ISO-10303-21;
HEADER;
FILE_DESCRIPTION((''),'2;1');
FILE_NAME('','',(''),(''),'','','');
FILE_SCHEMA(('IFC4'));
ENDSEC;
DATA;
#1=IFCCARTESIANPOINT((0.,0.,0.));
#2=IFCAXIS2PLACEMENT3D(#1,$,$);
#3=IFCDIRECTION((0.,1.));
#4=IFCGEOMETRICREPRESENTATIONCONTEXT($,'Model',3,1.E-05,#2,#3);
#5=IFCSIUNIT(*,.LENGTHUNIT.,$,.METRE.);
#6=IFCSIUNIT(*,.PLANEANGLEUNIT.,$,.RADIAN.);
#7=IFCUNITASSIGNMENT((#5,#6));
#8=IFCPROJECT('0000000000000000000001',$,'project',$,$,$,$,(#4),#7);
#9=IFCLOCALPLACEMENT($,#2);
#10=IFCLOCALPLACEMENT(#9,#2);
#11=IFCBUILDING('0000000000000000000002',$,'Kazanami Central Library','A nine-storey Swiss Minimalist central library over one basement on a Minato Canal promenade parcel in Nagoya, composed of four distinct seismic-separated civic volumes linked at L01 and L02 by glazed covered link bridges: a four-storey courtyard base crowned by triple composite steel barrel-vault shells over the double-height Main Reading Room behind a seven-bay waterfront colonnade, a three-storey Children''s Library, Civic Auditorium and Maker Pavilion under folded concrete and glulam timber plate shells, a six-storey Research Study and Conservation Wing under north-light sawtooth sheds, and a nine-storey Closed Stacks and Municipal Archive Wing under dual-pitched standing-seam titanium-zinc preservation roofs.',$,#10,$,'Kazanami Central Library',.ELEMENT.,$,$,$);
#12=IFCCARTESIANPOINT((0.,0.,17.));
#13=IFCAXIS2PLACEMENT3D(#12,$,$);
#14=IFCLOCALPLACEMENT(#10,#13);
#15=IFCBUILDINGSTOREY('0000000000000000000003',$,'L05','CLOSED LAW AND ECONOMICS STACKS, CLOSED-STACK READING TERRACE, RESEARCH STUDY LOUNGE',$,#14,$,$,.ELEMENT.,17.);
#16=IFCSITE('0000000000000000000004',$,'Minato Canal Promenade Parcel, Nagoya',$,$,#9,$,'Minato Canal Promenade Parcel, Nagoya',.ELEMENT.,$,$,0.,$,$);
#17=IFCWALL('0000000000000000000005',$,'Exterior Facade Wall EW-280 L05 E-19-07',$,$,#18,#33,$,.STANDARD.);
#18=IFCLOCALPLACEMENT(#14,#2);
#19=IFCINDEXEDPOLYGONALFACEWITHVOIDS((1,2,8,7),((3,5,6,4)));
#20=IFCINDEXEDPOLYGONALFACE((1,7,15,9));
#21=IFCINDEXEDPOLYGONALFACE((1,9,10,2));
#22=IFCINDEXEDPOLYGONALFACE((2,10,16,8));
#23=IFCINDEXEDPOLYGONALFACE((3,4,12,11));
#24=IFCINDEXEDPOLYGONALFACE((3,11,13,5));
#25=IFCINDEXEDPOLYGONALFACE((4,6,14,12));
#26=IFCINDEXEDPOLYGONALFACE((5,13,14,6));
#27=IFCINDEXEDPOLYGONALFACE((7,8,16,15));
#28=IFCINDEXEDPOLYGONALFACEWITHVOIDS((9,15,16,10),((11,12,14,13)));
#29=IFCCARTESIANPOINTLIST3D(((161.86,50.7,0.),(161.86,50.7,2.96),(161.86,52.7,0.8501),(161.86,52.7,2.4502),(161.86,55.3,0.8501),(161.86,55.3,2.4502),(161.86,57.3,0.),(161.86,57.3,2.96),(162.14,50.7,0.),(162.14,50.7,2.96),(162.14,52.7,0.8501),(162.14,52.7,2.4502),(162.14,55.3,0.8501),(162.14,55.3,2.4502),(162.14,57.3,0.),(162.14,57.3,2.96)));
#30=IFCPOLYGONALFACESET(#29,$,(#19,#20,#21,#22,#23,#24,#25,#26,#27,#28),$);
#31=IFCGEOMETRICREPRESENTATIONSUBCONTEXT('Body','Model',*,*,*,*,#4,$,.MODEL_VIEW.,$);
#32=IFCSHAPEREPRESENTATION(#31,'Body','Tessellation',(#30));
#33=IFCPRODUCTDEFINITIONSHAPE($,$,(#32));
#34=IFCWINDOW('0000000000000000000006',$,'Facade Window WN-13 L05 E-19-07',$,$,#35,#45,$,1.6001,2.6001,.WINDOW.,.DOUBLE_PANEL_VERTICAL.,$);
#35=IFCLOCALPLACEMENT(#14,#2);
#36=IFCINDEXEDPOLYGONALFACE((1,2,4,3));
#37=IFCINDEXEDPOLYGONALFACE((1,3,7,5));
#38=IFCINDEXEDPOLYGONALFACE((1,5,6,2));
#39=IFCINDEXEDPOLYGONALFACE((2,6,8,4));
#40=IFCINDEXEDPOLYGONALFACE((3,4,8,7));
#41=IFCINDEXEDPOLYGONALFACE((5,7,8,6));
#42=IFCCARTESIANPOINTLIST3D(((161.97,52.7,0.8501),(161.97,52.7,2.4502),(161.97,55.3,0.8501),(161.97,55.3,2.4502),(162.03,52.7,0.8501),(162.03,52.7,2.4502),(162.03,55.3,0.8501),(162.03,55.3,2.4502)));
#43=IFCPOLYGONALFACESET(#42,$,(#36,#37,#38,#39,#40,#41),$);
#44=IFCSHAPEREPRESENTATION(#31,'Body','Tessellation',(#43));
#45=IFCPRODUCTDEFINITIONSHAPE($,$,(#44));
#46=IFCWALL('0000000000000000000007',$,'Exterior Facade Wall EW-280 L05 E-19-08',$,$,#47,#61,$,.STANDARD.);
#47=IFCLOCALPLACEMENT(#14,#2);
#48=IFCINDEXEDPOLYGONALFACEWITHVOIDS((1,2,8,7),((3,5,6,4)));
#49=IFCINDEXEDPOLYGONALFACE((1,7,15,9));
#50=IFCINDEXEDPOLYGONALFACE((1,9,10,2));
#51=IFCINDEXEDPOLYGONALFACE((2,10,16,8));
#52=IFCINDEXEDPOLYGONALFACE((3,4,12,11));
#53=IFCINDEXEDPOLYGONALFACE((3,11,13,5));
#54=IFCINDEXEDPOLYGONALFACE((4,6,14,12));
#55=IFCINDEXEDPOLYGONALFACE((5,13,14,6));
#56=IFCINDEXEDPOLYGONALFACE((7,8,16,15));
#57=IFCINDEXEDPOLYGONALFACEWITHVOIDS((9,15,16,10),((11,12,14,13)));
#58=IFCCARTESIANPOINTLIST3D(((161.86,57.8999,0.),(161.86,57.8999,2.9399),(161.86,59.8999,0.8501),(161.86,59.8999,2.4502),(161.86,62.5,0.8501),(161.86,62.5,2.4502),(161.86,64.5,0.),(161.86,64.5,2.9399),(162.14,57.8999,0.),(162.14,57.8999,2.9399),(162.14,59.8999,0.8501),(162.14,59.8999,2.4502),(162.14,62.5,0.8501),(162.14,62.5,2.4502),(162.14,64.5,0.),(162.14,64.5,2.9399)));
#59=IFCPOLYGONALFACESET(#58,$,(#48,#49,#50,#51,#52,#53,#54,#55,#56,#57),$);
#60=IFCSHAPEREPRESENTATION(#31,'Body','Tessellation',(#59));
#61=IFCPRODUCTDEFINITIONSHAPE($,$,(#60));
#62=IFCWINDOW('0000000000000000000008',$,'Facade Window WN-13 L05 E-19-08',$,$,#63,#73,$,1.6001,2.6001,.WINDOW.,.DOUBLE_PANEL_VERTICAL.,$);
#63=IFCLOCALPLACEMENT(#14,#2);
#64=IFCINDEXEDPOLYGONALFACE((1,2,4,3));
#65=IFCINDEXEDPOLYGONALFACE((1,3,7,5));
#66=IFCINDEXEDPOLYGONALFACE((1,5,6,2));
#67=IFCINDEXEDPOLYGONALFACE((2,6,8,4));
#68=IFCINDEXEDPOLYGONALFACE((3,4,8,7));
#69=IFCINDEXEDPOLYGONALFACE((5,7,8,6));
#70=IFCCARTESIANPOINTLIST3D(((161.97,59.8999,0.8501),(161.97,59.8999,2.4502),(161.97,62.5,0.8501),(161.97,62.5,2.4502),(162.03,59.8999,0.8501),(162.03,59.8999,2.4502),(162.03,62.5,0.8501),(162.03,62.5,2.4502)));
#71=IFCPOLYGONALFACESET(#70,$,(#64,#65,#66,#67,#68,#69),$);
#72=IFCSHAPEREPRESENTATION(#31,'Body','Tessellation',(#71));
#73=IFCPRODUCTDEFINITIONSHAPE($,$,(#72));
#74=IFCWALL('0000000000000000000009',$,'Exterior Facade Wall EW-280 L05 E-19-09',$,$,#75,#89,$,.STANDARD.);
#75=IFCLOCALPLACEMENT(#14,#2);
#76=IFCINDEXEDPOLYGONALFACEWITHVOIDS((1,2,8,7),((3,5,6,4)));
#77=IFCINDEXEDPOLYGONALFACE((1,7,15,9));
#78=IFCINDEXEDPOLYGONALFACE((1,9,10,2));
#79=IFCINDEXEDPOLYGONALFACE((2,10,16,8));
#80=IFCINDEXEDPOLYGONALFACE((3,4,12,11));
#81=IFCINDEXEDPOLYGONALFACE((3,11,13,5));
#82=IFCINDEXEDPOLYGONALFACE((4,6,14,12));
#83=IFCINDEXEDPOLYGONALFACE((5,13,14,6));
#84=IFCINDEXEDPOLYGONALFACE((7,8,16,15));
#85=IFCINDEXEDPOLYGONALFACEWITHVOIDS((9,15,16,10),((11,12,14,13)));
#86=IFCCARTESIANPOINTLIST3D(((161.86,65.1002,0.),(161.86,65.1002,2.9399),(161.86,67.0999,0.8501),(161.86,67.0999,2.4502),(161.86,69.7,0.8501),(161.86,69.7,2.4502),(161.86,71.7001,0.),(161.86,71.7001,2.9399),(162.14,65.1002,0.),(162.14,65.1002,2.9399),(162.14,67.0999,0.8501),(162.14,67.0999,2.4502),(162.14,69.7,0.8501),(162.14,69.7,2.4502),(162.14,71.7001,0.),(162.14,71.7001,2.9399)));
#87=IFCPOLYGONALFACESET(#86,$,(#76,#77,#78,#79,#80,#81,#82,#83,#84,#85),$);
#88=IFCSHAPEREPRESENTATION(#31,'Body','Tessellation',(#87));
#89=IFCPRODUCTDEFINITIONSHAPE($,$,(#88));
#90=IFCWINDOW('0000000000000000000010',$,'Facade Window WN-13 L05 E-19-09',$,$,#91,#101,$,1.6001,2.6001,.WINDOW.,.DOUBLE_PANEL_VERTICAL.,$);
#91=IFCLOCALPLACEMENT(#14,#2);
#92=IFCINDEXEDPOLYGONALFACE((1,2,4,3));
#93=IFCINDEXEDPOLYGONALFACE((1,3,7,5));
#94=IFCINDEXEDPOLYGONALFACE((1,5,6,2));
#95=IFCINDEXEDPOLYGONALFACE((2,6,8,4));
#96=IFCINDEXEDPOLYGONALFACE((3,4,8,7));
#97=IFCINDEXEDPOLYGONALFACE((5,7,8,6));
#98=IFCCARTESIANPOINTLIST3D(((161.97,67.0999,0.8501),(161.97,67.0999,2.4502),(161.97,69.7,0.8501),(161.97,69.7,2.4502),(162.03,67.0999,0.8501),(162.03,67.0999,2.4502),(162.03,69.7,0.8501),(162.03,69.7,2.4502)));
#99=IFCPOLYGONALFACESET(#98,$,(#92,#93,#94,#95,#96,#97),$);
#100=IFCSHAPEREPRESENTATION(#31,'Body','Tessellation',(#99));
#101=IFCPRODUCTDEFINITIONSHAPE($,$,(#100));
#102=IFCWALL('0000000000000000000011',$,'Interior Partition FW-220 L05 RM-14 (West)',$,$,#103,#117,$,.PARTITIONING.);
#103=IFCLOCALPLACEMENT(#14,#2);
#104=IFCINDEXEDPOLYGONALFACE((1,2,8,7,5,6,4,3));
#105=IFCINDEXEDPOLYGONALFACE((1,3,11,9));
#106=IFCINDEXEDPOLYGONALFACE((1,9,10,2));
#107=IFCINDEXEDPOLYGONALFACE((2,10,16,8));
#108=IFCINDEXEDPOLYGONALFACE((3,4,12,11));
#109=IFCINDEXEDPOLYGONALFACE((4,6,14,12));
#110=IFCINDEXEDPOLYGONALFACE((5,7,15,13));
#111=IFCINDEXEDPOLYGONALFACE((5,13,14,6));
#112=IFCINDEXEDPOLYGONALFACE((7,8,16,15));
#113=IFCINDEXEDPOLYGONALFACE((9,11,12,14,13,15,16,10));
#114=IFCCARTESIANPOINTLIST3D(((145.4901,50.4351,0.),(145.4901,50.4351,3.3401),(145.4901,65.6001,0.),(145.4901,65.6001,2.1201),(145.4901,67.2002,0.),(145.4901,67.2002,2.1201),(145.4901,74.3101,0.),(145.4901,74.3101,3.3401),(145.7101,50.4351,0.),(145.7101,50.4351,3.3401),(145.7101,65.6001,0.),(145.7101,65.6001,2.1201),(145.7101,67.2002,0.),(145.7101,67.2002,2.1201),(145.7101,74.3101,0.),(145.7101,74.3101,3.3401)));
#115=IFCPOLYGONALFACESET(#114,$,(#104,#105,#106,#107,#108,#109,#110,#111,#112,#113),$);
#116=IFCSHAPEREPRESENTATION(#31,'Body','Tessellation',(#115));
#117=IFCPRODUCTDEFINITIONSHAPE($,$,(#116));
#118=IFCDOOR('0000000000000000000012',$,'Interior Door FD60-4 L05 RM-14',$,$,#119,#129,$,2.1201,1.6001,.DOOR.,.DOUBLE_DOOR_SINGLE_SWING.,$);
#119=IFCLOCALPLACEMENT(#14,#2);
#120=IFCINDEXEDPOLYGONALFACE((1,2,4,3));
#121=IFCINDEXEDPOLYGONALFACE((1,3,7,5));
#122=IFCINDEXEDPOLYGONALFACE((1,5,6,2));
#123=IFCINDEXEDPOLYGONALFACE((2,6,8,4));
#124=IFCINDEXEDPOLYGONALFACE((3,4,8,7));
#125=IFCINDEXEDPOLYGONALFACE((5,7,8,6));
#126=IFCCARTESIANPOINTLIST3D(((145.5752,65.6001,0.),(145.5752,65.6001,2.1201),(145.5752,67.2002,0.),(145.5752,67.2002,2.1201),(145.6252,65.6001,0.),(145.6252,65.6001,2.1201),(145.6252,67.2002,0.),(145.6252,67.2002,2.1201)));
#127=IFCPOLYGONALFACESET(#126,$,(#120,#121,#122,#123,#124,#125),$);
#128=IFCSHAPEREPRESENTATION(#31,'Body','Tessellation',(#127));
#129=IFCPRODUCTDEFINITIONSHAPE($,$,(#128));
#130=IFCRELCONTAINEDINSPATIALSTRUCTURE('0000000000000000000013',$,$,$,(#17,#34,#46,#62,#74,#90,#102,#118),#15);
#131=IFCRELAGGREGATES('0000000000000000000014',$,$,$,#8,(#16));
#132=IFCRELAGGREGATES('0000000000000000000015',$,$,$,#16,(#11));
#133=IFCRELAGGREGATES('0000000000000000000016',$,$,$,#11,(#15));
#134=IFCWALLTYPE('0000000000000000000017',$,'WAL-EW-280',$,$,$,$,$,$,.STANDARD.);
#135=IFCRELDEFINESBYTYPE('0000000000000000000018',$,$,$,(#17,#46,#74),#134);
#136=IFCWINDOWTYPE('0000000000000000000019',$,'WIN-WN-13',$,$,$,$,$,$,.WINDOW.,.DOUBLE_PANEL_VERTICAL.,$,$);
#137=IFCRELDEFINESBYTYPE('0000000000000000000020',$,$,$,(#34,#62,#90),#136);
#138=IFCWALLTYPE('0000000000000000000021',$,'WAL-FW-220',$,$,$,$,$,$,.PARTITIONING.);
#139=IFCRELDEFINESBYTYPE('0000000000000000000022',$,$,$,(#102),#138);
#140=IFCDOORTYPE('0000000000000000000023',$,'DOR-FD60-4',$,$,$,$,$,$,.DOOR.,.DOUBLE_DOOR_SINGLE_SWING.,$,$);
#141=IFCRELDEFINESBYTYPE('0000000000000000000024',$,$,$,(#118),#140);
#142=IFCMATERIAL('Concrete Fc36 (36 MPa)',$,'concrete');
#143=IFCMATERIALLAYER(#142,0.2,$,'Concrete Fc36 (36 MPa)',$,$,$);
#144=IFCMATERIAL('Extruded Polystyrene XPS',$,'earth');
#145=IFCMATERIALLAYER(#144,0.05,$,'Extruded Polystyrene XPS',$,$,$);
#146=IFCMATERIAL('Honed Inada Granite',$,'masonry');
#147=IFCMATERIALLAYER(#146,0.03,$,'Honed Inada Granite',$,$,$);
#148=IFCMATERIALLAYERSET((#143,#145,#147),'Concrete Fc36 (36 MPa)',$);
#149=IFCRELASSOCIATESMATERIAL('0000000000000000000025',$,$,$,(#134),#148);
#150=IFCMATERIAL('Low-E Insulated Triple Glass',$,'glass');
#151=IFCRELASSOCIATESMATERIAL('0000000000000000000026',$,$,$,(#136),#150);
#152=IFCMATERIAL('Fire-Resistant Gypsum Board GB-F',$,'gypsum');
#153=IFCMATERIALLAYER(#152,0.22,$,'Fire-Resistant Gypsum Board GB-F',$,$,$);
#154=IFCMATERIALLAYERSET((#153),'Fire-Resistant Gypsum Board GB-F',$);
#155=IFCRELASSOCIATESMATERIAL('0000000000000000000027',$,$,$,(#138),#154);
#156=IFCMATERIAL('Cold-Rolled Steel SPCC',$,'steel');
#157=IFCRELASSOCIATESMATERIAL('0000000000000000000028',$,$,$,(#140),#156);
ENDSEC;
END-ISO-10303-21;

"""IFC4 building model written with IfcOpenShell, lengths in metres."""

from ifc_helpers import new_model, si_unit, direction, frame, frame_2d, origin, place, context, subcontext, project, spatial, rectangle, extrude, material, layer, layer_set, type_object, element, fill, save


model = new_model("IFC4")

# Units and contexts
model_context = context("Model", 3, precision=1e-05, world=origin(), true_north=direction((0.0, 1.0)))
body_context = subcontext(model_context, "Body", "Model", "MODEL_VIEW")
ifc_project = project(units=[si_unit("LENGTHUNIT", "METRE"), si_unit("PLANEANGLEUNIT", "RADIAN")], contexts=[model_context])

# Site, building, storey
site_placement = place(None, origin())
site = spatial("IfcSite", under=ifc_project, at=site_placement, Name="Minato Canal Promenade Parcel, Nagoya", LongName="Minato Canal Promenade Parcel, Nagoya", CompositionType="ELEMENT", RefElevation=0.0)
building_placement = place(site_placement, origin())
building = spatial("IfcBuilding", under=site, at=building_placement, Name="Kazanami Central Library", Description="A nine-storey Swiss Minimalist central library over one basement on a Minato Canal promenade parcel in Nagoya, composed of four distinct seismic-separated civic volumes linked at L01 and L02 by glazed covered link bridges: a four-storey courtyard base crowned by triple composite steel barrel-vault shells over the double-height Main Reading Room behind a seven-bay waterfront colonnade, a three-storey Children's Library, Civic Auditorium and Maker Pavilion under folded concrete and glulam timber plate shells, a six-storey Research Study and Conservation Wing under north-light sawtooth sheds, and a nine-storey Closed Stacks and Municipal Archive Wing under dual-pitched standing-seam titanium-zinc preservation roofs.", LongName="Kazanami Central Library", CompositionType="ELEMENT")
storey_placement = place(building_placement, frame((0.0, 0.0, 17.0)))
storey = spatial("IfcBuildingStorey", under=building, at=storey_placement, Name="L05", Description="CLOSED LAW AND ECONOMICS STACKS, CLOSED-STACK READING TERRACE, RESEARCH STUDY LOUNGE", CompositionType="ELEMENT", Elevation=17.0)

# Walls, openings, windows
ifc_material_1 = material(Name="Concrete Fc36 (36 MPa)", Category="concrete")
ifc_layer_1 = layer(ifc_material_1, 0.2, Name="Concrete Fc36 (36 MPa)")
ifc_material_2 = material(Name="Extruded Polystyrene XPS", Category="earth")
ifc_layer_2 = layer(ifc_material_2, 0.05, Name="Extruded Polystyrene XPS")
ifc_material_3 = material(Name="Honed Inada Granite", Category="masonry")
ifc_layer_3 = layer(ifc_material_3, 0.03, Name="Honed Inada Granite")
ifc_layer_set_1 = layer_set([ifc_layer_1, ifc_layer_2, ifc_layer_3], Name="Concrete Fc36 (36 MPa)")
wall_type_1 = type_object("IfcWallType", Name="WAL-EW-280", PredefinedType="STANDARD", material=ifc_layer_set_1)
ifc_material_4 = material(Name="Low-E Insulated Triple Glass", Category="glass")
window_type = type_object("IfcWindowType", Name="WIN-WN-13", PartitioningType="DOUBLE_PANEL_VERTICAL", PredefinedType="WINDOW", material=ifc_material_4)
wall_1_placement = place(storey_placement, frame((162.0, 57.3, 0.0), z_axis=(0.0, 0.0, 1.0), x_axis=(0.0, -1.0, 0.0)))
wall_1 = element("IfcWall", 1, at=wall_1_placement, inside=storey, type_object=wall_type_1, Name="Exterior Facade Wall EW-280 L05 E-19-07", PredefinedType="STANDARD", context=body_context, shape_type="SweptSolid", body=[
    extrude(rectangle(XDim=6.6001, YDim=0.28, at=frame_2d((3.3, 0.0))), origin(), (0.0, 0.0, 1.0), 2.96),
])
opening_1_placement = place(wall_1_placement, frame((2.0, 0.0, 0.8501)))
opening_1 = element("IfcOpeningElement", 2, at=opening_1_placement, cuts=wall_1, PredefinedType="OPENING", context=body_context, shape_type="SweptSolid", body=[
    extrude(rectangle(XDim=2.6001, YDim=1.6001, at=frame_2d((1.3, 0.8))), frame((0.0, 0.1519, 0.0), z_axis=(0.0, -1.0, 0.0), x_axis=(1.0, 0.0, 0.0)), (0.0, 0.0, 1.0), 0.304),
])
window_1_placement = place(opening_1_placement, origin())
window_1 = element("IfcWindow", 3, at=window_1_placement, inside=storey, type_object=window_type, Name="Facade Window WN-13 L05 E-19-07", OverallHeight=1.6001, OverallWidth=2.6001, PartitioningType="DOUBLE_PANEL_VERTICAL", PredefinedType="WINDOW", context=body_context, shape_type="SweptSolid", body=[
    extrude(rectangle(XDim=2.6001, YDim=1.6001, at=frame_2d((1.3, 0.8))), frame((0.0, 0.03, 0.0), z_axis=(0.0, -1.0, 0.0), x_axis=(1.0, 0.0, 0.0)), (0.0, 0.0, 1.0), 0.0601),
])
fill(opening_1, window_1)
wall_2_placement = place(storey_placement, frame((162.0, 64.5, 0.0), z_axis=(0.0, 0.0, 1.0), x_axis=(0.0, -1.0, 0.0)))
wall_2 = element("IfcWall", 4, at=wall_2_placement, inside=storey, type_object=wall_type_1, Name="Exterior Facade Wall EW-280 L05 E-19-08", PredefinedType="STANDARD", context=body_context, shape_type="SweptSolid", body=[
    extrude(rectangle(XDim=6.6001, YDim=0.28, at=frame_2d((3.3, 0.0))), origin(), (0.0, 0.0, 1.0), 2.9399),
])
opening_2_placement = place(wall_2_placement, frame((2.0, 0.0, 0.8501)))
opening_2 = element("IfcOpeningElement", 5, at=opening_2_placement, cuts=wall_2, PredefinedType="OPENING", context=body_context, shape_type="SweptSolid", body=[
    extrude(rectangle(XDim=2.6001, YDim=1.6001, at=frame_2d((1.3, 0.8))), frame((0.0, 0.1519, 0.0), z_axis=(0.0, -1.0, 0.0), x_axis=(1.0, 0.0, 0.0)), (0.0, 0.0, 1.0), 0.304),
])
window_2_placement = place(opening_2_placement, origin())
window_2 = element("IfcWindow", 6, at=window_2_placement, inside=storey, type_object=window_type, Name="Facade Window WN-13 L05 E-19-08", OverallHeight=1.6001, OverallWidth=2.6001, PartitioningType="DOUBLE_PANEL_VERTICAL", PredefinedType="WINDOW", context=body_context, shape_type="SweptSolid", body=[
    extrude(rectangle(XDim=2.6001, YDim=1.6001, at=frame_2d((1.3, 0.8))), frame((0.0, 0.03, 0.0), z_axis=(0.0, -1.0, 0.0), x_axis=(1.0, 0.0, 0.0)), (0.0, 0.0, 1.0), 0.0601),
])
fill(opening_2, window_2)
wall_3_placement = place(storey_placement, frame((162.0, 71.7, 0.0), z_axis=(0.0, 0.0, 1.0), x_axis=(0.0, -1.0, 0.0)))
wall_3 = element("IfcWall", 7, at=wall_3_placement, inside=storey, type_object=wall_type_1, Name="Exterior Facade Wall EW-280 L05 E-19-09", PredefinedType="STANDARD", context=body_context, shape_type="SweptSolid", body=[
    extrude(rectangle(XDim=6.5999, YDim=0.28, at=frame_2d((3.2998, 0.0))), origin(), (0.0, 0.0, 1.0), 2.9399),
])
opening_3_placement = place(wall_3_placement, frame((2.0, 0.0, 0.8501)))
opening_3 = element("IfcOpeningElement", 8, at=opening_3_placement, cuts=wall_3, PredefinedType="OPENING", context=body_context, shape_type="SweptSolid", body=[
    extrude(rectangle(XDim=2.6001, YDim=1.6001, at=frame_2d((1.3, 0.8))), frame((0.0, 0.1519, 0.0), z_axis=(0.0, -1.0, 0.0), x_axis=(1.0, 0.0, 0.0)), (0.0, 0.0, 1.0), 0.304),
])
window_3_placement = place(opening_3_placement, origin())
window_3 = element("IfcWindow", 9, at=window_3_placement, inside=storey, type_object=window_type, Name="Facade Window WN-13 L05 E-19-09", OverallHeight=1.6001, OverallWidth=2.6001, PartitioningType="DOUBLE_PANEL_VERTICAL", PredefinedType="WINDOW", context=body_context, shape_type="SweptSolid", body=[
    extrude(rectangle(XDim=2.6001, YDim=1.6001, at=frame_2d((1.3, 0.8))), frame((0.0, 0.03, 0.0), z_axis=(0.0, -1.0, 0.0), x_axis=(1.0, 0.0, 0.0)), (0.0, 0.0, 1.0), 0.0601),
])
fill(opening_3, window_3)

# Wall, opening, door
ifc_material_5 = material(Name="Fire-Resistant Gypsum Board GB-F", Category="gypsum")
ifc_layer_4 = layer(ifc_material_5, 0.22, Name="Fire-Resistant Gypsum Board GB-F")
ifc_layer_set_2 = layer_set([ifc_layer_4], Name="Fire-Resistant Gypsum Board GB-F")
wall_type_2 = type_object("IfcWallType", Name="WAL-FW-220", PredefinedType="PARTITIONING", material=ifc_layer_set_2)
wall_4_placement = place(storey_placement, frame((145.6001, 50.4351, 0.0), z_axis=(0.0, 0.0, 1.0), x_axis=(0.0, 1.0, 0.0)))
wall_4 = element("IfcWall", 10, at=wall_4_placement, inside=storey, type_object=wall_type_2, Name="Interior Partition FW-220 L05 RM-14 (West)", PredefinedType="PARTITIONING", context=body_context, shape_type="SweptSolid", body=[
    extrude(rectangle(XDim=23.875, YDim=0.22, at=frame_2d((11.9375, 0.0))), origin(), (0.0, 0.0, 1.0), 3.3401),
])
opening_4_placement = place(wall_4_placement, frame((15.165, 0.0, 0.0)))
opening_4 = element("IfcOpeningElement", 11, at=opening_4_placement, cuts=wall_4, PredefinedType="OPENING", context=body_context, shape_type="SweptSolid", body=[
    extrude(rectangle(XDim=1.6001, YDim=2.1201, at=frame_2d((0.8, 1.0601))), frame((0.0, 0.1221, 0.0), z_axis=(0.0, -1.0, 0.0), x_axis=(1.0, 0.0, 0.0)), (0.0, 0.0, 1.0), 0.2439),
])
ifc_material_6 = material(Name="Cold-Rolled Steel SPCC", Category="steel")
door_type = type_object("IfcDoorType", Name="DOR-FD60-4", OperationType="DOUBLE_DOOR_SINGLE_SWING", PredefinedType="DOOR", material=ifc_material_6)
door_placement = place(opening_4_placement, origin())
door = element("IfcDoor", 12, at=door_placement, inside=storey, type_object=door_type, Name="Interior Door FD60-4 L05 RM-14", OperationType="DOUBLE_DOOR_SINGLE_SWING", OverallHeight=2.1201, OverallWidth=1.6001, PredefinedType="DOOR", context=body_context, shape_type="SweptSolid", body=[
    extrude(rectangle(XDim=1.6001, YDim=2.1201, at=frame_2d((0.8, 1.0601))), frame((0.0, 0.0249, 0.0), z_axis=(0.0, -1.0, 0.0), x_axis=(1.0, 0.0, 0.0)), (0.0, 0.0, 1.0), 0.05),
])
fill(opening_4, door)

save(model, "model.ifc")
